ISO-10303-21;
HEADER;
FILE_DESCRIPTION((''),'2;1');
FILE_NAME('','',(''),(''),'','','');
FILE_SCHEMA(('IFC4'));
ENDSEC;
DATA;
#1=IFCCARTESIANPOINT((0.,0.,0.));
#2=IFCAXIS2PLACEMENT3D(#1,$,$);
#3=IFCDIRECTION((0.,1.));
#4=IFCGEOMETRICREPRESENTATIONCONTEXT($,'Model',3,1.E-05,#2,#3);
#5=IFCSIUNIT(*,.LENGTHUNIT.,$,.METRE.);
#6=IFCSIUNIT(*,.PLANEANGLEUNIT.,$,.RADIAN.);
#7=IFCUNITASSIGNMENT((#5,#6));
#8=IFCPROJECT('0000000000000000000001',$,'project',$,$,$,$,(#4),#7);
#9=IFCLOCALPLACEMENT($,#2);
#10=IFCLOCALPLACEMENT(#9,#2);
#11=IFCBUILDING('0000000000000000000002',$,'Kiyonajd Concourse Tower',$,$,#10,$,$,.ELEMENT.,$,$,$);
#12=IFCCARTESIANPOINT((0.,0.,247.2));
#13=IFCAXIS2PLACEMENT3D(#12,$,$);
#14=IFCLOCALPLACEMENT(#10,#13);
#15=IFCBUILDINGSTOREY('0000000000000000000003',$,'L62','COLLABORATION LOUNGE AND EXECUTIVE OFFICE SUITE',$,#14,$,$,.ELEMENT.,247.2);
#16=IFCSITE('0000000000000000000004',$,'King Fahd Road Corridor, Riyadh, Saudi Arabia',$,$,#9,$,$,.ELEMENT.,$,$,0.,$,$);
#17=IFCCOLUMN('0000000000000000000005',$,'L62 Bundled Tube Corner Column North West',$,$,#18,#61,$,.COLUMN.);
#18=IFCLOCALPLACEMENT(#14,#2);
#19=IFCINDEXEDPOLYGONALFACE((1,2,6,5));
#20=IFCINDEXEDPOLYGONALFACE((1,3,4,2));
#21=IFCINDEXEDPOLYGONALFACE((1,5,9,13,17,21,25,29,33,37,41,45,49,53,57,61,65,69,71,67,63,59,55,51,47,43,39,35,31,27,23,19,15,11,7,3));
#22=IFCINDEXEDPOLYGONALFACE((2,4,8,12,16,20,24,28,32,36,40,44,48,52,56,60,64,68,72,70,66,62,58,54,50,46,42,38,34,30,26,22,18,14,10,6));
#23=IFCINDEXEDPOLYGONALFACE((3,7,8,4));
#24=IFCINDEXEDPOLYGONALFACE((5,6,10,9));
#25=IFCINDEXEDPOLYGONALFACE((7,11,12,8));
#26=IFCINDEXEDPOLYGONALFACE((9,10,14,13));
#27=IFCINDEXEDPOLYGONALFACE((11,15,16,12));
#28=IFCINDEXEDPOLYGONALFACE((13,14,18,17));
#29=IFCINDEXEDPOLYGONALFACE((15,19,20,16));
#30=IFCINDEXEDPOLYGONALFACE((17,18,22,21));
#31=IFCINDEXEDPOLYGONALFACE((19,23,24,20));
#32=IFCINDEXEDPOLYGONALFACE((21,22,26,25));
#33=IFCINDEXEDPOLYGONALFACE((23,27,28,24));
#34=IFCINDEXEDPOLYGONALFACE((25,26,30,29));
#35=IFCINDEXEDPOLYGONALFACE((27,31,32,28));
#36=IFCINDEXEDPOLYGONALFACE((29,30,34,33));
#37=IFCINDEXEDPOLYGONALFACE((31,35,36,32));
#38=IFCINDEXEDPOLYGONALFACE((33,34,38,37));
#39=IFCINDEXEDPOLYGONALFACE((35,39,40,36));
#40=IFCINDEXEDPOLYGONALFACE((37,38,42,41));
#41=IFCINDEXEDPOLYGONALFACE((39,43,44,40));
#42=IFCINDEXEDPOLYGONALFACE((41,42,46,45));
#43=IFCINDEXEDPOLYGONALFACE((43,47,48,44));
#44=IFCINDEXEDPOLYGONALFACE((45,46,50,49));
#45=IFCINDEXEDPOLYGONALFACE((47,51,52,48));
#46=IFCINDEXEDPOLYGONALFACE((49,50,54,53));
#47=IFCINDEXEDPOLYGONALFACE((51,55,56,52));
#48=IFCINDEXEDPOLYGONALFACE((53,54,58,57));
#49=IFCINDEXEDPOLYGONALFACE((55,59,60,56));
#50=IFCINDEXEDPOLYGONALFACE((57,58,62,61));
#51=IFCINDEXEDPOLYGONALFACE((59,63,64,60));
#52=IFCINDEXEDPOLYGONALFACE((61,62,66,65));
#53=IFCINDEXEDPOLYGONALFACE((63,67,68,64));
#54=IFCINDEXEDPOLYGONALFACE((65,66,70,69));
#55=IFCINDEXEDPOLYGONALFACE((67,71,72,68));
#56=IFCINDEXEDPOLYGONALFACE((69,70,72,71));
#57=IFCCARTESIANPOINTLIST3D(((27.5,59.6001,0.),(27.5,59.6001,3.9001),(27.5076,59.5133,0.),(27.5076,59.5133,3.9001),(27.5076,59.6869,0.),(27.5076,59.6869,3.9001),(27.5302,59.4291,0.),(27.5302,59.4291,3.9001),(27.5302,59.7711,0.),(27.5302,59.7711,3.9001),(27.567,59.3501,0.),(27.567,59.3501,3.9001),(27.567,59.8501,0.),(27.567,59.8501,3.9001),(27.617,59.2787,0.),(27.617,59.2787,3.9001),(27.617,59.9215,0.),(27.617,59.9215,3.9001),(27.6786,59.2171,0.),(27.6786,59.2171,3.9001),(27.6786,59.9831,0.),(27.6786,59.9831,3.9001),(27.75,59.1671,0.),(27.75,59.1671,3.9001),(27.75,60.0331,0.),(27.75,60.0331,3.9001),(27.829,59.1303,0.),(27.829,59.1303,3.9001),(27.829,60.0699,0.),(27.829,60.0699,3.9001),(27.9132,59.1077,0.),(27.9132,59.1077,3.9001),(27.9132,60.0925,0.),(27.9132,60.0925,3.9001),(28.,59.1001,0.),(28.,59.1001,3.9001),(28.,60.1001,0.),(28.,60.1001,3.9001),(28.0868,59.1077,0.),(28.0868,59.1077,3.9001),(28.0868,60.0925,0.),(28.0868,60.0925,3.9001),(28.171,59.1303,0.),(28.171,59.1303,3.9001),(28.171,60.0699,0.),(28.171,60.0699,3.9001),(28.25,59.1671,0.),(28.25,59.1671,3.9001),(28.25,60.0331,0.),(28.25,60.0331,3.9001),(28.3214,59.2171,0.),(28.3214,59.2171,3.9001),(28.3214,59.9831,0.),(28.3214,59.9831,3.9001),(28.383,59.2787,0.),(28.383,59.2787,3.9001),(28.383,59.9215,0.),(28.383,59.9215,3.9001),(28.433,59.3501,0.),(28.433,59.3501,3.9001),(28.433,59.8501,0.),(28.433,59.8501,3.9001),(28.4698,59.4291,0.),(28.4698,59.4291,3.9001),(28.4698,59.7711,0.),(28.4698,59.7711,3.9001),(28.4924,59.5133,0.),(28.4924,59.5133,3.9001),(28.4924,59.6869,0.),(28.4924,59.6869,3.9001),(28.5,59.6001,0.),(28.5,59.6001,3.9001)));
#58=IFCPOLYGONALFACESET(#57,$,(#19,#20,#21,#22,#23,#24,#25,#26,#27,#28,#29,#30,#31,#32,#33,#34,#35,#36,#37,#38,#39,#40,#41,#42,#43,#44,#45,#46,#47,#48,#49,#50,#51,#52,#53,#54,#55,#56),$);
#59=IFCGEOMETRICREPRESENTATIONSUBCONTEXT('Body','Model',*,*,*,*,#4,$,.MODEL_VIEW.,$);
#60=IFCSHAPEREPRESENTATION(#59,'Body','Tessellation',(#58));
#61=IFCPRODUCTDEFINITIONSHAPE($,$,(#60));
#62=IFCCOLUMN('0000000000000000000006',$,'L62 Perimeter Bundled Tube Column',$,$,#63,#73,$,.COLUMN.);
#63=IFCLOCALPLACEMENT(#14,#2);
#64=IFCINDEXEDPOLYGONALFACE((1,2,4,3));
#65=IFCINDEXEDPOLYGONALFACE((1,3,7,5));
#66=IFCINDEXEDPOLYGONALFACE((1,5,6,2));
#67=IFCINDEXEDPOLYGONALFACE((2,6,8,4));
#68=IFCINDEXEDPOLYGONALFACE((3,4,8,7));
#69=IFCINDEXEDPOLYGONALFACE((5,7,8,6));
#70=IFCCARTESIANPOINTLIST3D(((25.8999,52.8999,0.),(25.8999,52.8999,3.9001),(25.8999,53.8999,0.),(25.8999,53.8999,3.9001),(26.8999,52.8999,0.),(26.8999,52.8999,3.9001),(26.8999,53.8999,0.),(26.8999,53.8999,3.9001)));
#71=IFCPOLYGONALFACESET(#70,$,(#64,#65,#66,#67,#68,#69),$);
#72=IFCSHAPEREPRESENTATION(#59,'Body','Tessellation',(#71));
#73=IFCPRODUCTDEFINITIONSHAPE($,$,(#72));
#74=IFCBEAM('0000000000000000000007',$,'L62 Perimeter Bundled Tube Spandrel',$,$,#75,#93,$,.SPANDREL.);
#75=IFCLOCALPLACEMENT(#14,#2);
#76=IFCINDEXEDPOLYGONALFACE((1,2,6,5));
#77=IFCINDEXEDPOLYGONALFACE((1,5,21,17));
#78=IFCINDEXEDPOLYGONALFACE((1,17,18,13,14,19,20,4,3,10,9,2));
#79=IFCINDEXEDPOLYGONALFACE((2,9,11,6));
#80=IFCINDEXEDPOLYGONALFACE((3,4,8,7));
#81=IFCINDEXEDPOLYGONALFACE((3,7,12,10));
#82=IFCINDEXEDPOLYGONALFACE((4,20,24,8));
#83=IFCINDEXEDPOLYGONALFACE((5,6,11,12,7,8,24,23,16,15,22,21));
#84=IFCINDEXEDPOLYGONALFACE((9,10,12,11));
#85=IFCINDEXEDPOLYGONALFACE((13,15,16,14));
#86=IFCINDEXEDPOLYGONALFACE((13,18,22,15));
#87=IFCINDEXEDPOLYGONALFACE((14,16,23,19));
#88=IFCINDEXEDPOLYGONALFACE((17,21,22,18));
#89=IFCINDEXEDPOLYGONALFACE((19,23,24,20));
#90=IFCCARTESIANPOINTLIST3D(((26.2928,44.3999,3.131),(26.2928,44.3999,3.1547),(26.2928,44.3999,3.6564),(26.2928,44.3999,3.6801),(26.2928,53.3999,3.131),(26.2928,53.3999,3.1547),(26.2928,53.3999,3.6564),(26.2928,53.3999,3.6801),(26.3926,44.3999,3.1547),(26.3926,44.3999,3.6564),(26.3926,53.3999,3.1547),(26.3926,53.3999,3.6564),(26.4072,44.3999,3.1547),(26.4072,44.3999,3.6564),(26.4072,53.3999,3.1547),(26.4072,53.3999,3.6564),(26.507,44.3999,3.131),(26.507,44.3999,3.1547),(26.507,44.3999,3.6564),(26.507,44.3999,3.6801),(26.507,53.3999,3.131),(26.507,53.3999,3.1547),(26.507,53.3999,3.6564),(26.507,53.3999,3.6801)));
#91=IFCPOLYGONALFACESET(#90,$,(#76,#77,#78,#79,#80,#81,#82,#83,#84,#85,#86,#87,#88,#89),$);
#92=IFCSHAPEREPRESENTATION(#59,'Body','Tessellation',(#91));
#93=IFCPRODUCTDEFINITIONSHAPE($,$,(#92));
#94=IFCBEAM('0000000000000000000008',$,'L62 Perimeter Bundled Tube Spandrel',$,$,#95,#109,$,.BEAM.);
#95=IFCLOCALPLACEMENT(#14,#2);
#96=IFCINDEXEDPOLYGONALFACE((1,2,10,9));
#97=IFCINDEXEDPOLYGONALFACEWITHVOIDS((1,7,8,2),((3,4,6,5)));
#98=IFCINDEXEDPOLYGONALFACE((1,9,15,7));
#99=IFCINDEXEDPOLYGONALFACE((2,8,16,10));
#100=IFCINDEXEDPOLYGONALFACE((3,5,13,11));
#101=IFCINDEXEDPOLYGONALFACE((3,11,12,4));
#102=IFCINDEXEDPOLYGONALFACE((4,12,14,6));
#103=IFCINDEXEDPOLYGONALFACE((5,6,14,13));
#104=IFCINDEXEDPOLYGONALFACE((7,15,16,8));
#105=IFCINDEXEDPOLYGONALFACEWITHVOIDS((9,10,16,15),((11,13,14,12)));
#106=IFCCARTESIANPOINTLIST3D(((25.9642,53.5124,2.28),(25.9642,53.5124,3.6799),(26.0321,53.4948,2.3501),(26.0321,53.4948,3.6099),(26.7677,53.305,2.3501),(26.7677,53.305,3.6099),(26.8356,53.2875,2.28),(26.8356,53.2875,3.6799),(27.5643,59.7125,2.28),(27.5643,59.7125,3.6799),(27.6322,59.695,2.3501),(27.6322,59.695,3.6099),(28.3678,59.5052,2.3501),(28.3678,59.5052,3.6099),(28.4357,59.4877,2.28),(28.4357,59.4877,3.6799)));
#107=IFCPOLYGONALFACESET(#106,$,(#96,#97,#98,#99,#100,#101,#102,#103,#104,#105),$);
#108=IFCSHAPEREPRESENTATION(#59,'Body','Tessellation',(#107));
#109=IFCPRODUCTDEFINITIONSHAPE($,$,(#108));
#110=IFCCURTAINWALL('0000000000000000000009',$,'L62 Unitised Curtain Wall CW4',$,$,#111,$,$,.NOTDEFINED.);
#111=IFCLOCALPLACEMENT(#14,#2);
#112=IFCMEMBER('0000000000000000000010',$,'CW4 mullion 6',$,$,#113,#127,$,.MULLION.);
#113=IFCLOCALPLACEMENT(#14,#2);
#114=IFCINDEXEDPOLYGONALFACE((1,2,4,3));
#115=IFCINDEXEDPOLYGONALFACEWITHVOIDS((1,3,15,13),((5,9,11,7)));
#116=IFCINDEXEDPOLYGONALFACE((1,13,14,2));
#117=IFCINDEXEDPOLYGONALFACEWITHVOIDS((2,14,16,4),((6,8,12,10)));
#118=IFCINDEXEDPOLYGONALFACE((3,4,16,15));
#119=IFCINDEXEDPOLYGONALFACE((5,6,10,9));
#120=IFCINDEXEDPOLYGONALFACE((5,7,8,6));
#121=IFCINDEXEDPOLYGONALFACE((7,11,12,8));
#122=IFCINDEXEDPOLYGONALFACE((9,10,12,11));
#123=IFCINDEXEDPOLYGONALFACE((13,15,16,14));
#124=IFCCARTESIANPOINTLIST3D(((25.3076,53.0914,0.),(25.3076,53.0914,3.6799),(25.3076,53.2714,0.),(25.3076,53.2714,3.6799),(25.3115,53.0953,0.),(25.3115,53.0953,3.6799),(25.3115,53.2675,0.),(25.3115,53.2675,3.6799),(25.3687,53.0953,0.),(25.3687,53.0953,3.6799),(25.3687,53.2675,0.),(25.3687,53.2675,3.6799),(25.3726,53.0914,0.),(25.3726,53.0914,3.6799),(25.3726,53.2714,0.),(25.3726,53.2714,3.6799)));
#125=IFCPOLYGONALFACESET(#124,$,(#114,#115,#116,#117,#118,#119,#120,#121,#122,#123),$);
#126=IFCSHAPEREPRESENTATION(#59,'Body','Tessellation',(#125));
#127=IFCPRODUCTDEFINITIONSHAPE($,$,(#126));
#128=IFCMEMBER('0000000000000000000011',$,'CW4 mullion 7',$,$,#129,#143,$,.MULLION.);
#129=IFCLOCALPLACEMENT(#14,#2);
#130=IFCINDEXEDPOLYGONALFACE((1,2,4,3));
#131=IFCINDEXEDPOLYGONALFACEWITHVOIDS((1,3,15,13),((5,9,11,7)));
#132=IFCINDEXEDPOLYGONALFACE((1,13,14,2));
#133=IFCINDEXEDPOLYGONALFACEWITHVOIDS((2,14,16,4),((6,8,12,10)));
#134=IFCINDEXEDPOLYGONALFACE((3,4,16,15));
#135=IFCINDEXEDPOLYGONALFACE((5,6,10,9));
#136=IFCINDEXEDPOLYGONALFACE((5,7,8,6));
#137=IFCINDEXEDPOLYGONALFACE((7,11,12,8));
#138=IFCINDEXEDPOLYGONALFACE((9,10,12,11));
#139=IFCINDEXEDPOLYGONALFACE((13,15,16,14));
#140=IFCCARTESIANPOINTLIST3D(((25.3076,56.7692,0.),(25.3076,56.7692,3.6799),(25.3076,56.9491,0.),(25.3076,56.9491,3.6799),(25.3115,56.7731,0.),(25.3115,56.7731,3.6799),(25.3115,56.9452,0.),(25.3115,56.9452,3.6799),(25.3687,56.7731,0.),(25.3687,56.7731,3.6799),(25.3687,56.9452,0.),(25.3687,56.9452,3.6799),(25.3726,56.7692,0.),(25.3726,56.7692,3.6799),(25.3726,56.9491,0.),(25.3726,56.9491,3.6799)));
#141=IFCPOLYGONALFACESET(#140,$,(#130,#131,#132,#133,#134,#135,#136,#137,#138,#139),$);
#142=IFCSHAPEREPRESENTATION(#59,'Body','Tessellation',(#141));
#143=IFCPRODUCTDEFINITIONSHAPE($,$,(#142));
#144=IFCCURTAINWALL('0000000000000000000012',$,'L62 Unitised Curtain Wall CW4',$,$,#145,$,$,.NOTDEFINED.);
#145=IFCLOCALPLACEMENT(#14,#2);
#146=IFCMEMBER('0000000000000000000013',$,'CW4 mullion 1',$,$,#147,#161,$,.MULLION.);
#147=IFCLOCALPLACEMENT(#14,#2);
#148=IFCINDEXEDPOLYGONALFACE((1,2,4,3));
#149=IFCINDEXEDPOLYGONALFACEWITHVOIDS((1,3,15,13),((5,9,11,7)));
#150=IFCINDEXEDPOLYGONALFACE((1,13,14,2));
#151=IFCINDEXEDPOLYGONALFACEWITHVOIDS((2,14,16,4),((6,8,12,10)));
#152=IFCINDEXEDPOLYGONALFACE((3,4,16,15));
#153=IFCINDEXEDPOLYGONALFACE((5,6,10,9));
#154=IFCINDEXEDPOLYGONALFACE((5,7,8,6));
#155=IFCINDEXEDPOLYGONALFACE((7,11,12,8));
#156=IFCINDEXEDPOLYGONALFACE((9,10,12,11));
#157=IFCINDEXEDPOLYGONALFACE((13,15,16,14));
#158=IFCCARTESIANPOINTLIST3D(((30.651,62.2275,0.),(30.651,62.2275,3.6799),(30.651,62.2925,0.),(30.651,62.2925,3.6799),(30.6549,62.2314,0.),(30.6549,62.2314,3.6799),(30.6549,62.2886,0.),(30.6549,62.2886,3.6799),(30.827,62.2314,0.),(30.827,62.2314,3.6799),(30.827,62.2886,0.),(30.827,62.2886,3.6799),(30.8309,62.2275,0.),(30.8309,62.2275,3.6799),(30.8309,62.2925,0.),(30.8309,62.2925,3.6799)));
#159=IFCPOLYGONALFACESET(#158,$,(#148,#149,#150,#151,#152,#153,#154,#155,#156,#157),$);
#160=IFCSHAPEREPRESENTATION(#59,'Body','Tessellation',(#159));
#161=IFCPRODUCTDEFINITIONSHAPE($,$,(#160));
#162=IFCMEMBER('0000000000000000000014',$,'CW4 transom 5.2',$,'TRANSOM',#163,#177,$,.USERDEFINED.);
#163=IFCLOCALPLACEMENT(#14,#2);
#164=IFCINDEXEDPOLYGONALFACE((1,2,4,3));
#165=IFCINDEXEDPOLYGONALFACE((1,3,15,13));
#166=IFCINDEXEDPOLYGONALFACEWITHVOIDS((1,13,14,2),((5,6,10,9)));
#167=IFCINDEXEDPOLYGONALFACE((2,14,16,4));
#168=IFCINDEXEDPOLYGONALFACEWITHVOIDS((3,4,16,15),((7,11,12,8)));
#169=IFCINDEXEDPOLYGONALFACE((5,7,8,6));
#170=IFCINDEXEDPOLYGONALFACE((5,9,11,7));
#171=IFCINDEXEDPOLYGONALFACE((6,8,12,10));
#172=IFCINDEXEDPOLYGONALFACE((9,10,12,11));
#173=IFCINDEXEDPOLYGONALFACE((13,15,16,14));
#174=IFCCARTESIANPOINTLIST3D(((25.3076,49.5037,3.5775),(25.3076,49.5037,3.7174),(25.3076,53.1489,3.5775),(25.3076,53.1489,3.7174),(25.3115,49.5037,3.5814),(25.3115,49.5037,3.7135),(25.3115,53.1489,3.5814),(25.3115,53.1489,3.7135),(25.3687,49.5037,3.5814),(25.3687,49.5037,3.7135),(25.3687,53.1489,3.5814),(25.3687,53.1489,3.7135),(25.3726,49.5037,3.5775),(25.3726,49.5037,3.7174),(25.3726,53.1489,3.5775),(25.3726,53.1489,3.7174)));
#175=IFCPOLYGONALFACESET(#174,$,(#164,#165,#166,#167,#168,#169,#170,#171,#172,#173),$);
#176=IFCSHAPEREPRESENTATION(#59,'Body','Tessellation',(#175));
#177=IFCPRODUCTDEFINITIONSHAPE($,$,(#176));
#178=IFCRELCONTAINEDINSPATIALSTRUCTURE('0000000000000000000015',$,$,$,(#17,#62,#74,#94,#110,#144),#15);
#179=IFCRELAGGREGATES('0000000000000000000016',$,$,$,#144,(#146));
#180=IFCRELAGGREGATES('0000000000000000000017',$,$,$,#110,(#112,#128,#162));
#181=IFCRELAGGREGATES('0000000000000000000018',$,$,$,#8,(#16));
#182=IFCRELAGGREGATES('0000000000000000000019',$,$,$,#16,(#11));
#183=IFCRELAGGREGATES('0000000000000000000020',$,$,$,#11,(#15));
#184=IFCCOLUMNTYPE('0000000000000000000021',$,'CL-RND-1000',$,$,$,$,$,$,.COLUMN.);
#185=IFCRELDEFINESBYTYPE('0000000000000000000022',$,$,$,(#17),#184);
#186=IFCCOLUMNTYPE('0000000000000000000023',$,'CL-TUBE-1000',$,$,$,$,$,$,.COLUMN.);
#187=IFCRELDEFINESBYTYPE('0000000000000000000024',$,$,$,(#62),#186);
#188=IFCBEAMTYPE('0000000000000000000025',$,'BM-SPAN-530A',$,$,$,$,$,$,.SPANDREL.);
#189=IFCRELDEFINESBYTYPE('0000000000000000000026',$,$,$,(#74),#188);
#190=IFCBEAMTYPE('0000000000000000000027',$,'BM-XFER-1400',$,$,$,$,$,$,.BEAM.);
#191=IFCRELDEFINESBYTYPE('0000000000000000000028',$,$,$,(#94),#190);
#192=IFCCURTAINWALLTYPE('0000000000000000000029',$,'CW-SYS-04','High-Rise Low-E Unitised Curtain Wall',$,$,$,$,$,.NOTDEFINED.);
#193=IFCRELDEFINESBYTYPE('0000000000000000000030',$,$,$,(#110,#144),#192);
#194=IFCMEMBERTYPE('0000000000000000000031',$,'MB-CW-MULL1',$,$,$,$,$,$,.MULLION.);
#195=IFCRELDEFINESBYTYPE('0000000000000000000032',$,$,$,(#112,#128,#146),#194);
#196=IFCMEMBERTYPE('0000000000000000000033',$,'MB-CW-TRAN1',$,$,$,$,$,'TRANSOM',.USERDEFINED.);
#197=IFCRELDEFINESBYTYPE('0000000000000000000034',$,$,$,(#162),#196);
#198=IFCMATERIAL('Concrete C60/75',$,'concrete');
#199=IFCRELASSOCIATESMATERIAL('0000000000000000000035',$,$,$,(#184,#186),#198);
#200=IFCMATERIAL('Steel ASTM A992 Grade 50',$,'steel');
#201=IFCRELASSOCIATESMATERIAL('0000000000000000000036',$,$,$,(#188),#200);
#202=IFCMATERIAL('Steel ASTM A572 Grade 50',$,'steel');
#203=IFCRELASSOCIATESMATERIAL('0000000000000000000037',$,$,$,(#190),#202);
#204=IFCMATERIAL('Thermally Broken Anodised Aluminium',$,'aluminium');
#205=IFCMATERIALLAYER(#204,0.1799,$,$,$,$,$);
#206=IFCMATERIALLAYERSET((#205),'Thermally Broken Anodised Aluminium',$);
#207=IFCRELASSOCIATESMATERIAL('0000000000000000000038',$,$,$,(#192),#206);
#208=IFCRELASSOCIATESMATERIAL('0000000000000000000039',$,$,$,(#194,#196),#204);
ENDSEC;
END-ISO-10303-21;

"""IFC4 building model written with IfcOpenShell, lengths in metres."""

from ifc_helpers import new_model, si_unit, direction, frame, origin, origin_2d, place, context, subcontext, project, spatial, rectangle, hollow_rectangle, circle, i_section, extrude, material, layer, layer_set, material_profile, profile_set, type_object, element, aggregate, save


model = new_model("IFC4")

# Units and contexts
model_context = context("Model", 3, precision=1e-05, world=origin(), true_north=direction((0.0, 1.0)))
body_context = subcontext(model_context, "Body", "Model", "MODEL_VIEW")
ifc_project = project(units=[si_unit("LENGTHUNIT", "METRE"), si_unit("PLANEANGLEUNIT", "RADIAN")], contexts=[model_context])

# Site, building, storey
site_placement = place(None, origin())
site = spatial("IfcSite", under=ifc_project, at=site_placement, Name="King Fahd Road Corridor, Riyadh, Saudi Arabia", CompositionType="ELEMENT", RefElevation=0.0)
building_placement = place(site_placement, origin())
building = spatial("IfcBuilding", under=site, at=building_placement, Name="Kiyonajd Concourse Tower", CompositionType="ELEMENT")
storey_placement = place(building_placement, frame((0.0, 0.0, 247.2)))
storey = spatial("IfcBuildingStorey", under=building, at=storey_placement, Name="L62", Description="COLLABORATION LOUNGE AND EXECUTIVE OFFICE SUITE", CompositionType="ELEMENT", Elevation=247.2)

# Columns
ifc_material_1 = material(Name="Concrete C60/75", Category="concrete")
ifc_material_profile_1 = material_profile(ifc_material_1, circle(Radius=0.5, at=origin_2d()), Name="RCC-D1000")
ifc_profile_set_1 = profile_set([ifc_material_profile_1], Name="Concrete C60/75")
column_type_1 = type_object("IfcColumnType", Name="CL-RND-1000", PredefinedType="COLUMN", material=ifc_profile_set_1)
column_1_placement = place(storey_placement, frame((28.0, 59.6001, 0.0), z_axis=(0.0, 0.0, 1.0), x_axis=(1.0, 0.0, 0.0)))
element("IfcColumn", 1, at=column_1_placement, inside=storey, type_object=column_type_1, Name="L62 Bundled Tube Corner Column North West", PredefinedType="COLUMN", context=body_context, shape_type="SweptSolid", body=[
    extrude(circle(Radius=0.5, at=origin_2d()), origin(), (0.0, 0.0, 1.0), 3.9001),
])
ifc_material_profile_2 = material_profile(ifc_material_1, rectangle(XDim=1.0, YDim=1.0, at=origin_2d()), Name="RC-1000x1000")
ifc_profile_set_2 = profile_set([ifc_material_profile_2], Name="Concrete C60/75")
column_type_2 = type_object("IfcColumnType", Name="CL-TUBE-1000", PredefinedType="COLUMN", material=ifc_profile_set_2)
column_2_placement = place(storey_placement, frame((26.3999, 53.3999, 0.0), z_axis=(0.0, 0.0, 1.0), x_axis=(1.0, 0.0, 0.0)))
element("IfcColumn", 2, at=column_2_placement, inside=storey, type_object=column_type_2, Name="L62 Perimeter Bundled Tube Column", PredefinedType="COLUMN", context=body_context, shape_type="SweptSolid", body=[
    extrude(rectangle(XDim=1.0, YDim=1.0, at=origin_2d()), origin(), (0.0, 0.0, 1.0), 3.9001),
])

# Beams
ifc_material_2 = material(Name="Steel ASTM A992 Grade 50", Category="steel")
ifc_material_profile_3 = material_profile(ifc_material_2, i_section(OverallWidth=0.2141, OverallDepth=0.5491, WebThickness=0.0146, FlangeThickness=0.0237, at=origin_2d()), Name="W530X138")
ifc_profile_set_3 = profile_set([ifc_material_profile_3], Name="Steel ASTM A992 Grade 50")
beam_type_1 = type_object("IfcBeamType", Name="BM-SPAN-530A", PredefinedType="SPANDREL", material=ifc_profile_set_3)
beam_1_placement = place(storey_placement, frame((26.3999, 53.3999, 3.4055), z_axis=(0.0, -1.0, 0.0), x_axis=(1.0, 0.0, 0.0)))
element("IfcBeam", 3, at=beam_1_placement, inside=storey, type_object=beam_type_1, Name="L62 Perimeter Bundled Tube Spandrel", PredefinedType="SPANDREL", context=body_context, shape_type="SweptSolid", body=[
    extrude(i_section(OverallWidth=0.2141, OverallDepth=0.5491, WebThickness=0.0146, FlangeThickness=0.0237, at=origin_2d()), origin(), (0.0, 0.0, 1.0), 9.0),
])
ifc_material_3 = material(Name="Steel ASTM A572 Grade 50", Category="steel")
ifc_material_profile_4 = material_profile(ifc_material_3, hollow_rectangle(XDim=0.8999, YDim=1.3999, WallThickness=0.0701, at=origin_2d()), Name="BOX-1400x900x70")
ifc_profile_set_4 = profile_set([ifc_material_profile_4], Name="Steel ASTM A572 Grade 50")
beam_type_2 = type_object("IfcBeamType", Name="BM-XFER-1400", PredefinedType="BEAM", material=ifc_profile_set_4)
beam_2_placement = place(storey_placement, frame((28.0, 59.6001, 2.98), z_axis=(-0.249885, -0.968276, 0.0), x_axis=(0.968276, -0.249885, 0.0)))
element("IfcBeam", 4, at=beam_2_placement, inside=storey, type_object=beam_type_2, Name="L62 Perimeter Bundled Tube Spandrel", PredefinedType="BEAM", context=body_context, shape_type="SweptSolid", body=[
    extrude(hollow_rectangle(XDim=0.8999, YDim=1.3999, WallThickness=0.0701, at=origin_2d()), origin(), (0.0, 0.0, 1.0), 6.4033),
])

# Curtain wall, members
ifc_material_4 = material(Name="Thermally Broken Anodised Aluminium", Category="aluminium")
ifc_layer_1 = layer(ifc_material_4, 0.1799)
ifc_layer_set_1 = layer_set([ifc_layer_1], Name="Thermally Broken Anodised Aluminium")
curtain_wall_type = type_object("IfcCurtainWallType", Name="CW-SYS-04", Description="High-Rise Low-E Unitised Curtain Wall", PredefinedType="NOTDEFINED", material=ifc_layer_set_1)
curtain_wall_1_placement = place(storey_placement, origin())
curtain_wall_1 = element("IfcCurtainWall", 5, at=curtain_wall_1_placement, inside=storey, type_object=curtain_wall_type, Name="L62 Unitised Curtain Wall CW4", PredefinedType="NOTDEFINED")
ifc_material_profile_5 = material_profile(ifc_material_4, hollow_rectangle(XDim=0.0649, YDim=0.1799, WallThickness=0.0039, at=origin_2d()), Name="MULL-65x180")
ifc_profile_set_5 = profile_set([ifc_material_profile_5], Name="Thermally Broken Anodised Aluminium")
member_type_1 = type_object("IfcMemberType", Name="MB-CW-MULL1", PredefinedType="MULLION", material=ifc_profile_set_5)
member_1_placement = place(storey_placement, frame((25.3401, 53.1814, 0.0), z_axis=(0.0, 0.0, 1.0), x_axis=(-1.0, 0.0, 0.0)))
member_1 = element("IfcMember", 6, at=member_1_placement, type_object=member_type_1, Name="CW4 mullion 6", PredefinedType="MULLION", context=body_context, shape_type="SweptSolid", body=[
    extrude(hollow_rectangle(XDim=0.0649, YDim=0.1799, WallThickness=0.0039, at=origin_2d()), origin(), (0.0, 0.0, 1.0), 3.6799),
])
member_2_placement = place(storey_placement, frame((25.3401, 56.8591, 0.0), z_axis=(0.0, 0.0, 1.0), x_axis=(-1.0, 0.0, 0.0)))
member_2 = element("IfcMember", 7, at=member_2_placement, type_object=member_type_1, Name="CW4 mullion 7", PredefinedType="MULLION", context=body_context, shape_type="SweptSolid", body=[
    extrude(hollow_rectangle(XDim=0.0649, YDim=0.1799, WallThickness=0.0039, at=origin_2d()), origin(), (0.0, 0.0, 1.0), 3.6799),
])

# Curtain wall, member
curtain_wall_2_placement = place(storey_placement, origin())
curtain_wall_2 = element("IfcCurtainWall", 8, at=curtain_wall_2_placement, inside=storey, type_object=curtain_wall_type, Name="L62 Unitised Curtain Wall CW4", PredefinedType="NOTDEFINED")
member_3_placement = place(storey_placement, frame((30.741, 62.26, 0.0), z_axis=(0.0, 0.0, 1.0), x_axis=(0.0, 1.0, 0.0)))
member_3 = element("IfcMember", 9, at=member_3_placement, type_object=member_type_1, Name="CW4 mullion 1", PredefinedType="MULLION", context=body_context, shape_type="SweptSolid", body=[
    extrude(hollow_rectangle(XDim=0.0649, YDim=0.1799, WallThickness=0.0039, at=origin_2d()), origin(), (0.0, 0.0, 1.0), 3.6799),
])

# Member
ifc_material_profile_6 = material_profile(ifc_material_4, hollow_rectangle(XDim=0.0649, YDim=0.1399, WallThickness=0.0039, at=origin_2d()), Name="TRAN-65x140")
ifc_profile_set_6 = profile_set([ifc_material_profile_6], Name="Thermally Broken Anodised Aluminium")
member_type_2 = type_object("IfcMemberType", Name="MB-CW-TRAN1", ElementType="TRANSOM", PredefinedType="USERDEFINED", material=ifc_profile_set_6)
member_4_placement = place(storey_placement, frame((25.3401, 49.5037, 3.6475), z_axis=(0.0, 1.0, 0.0), x_axis=(-1.0, 0.0, 0.0)))
member_4 = element("IfcMember", 10, at=member_4_placement, type_object=member_type_2, Name="CW4 transom 5.2", ObjectType="TRANSOM", PredefinedType="USERDEFINED", context=body_context, shape_type="SweptSolid", body=[
    extrude(hollow_rectangle(XDim=0.0649, YDim=0.1399, WallThickness=0.0039, at=origin_2d()), origin(), (0.0, 0.0, 1.0), 3.6453),
])
aggregate(curtain_wall_2, [member_3])

aggregate(curtain_wall_1, [member_1, member_2, member_4])

save(model, "model.ifc")
